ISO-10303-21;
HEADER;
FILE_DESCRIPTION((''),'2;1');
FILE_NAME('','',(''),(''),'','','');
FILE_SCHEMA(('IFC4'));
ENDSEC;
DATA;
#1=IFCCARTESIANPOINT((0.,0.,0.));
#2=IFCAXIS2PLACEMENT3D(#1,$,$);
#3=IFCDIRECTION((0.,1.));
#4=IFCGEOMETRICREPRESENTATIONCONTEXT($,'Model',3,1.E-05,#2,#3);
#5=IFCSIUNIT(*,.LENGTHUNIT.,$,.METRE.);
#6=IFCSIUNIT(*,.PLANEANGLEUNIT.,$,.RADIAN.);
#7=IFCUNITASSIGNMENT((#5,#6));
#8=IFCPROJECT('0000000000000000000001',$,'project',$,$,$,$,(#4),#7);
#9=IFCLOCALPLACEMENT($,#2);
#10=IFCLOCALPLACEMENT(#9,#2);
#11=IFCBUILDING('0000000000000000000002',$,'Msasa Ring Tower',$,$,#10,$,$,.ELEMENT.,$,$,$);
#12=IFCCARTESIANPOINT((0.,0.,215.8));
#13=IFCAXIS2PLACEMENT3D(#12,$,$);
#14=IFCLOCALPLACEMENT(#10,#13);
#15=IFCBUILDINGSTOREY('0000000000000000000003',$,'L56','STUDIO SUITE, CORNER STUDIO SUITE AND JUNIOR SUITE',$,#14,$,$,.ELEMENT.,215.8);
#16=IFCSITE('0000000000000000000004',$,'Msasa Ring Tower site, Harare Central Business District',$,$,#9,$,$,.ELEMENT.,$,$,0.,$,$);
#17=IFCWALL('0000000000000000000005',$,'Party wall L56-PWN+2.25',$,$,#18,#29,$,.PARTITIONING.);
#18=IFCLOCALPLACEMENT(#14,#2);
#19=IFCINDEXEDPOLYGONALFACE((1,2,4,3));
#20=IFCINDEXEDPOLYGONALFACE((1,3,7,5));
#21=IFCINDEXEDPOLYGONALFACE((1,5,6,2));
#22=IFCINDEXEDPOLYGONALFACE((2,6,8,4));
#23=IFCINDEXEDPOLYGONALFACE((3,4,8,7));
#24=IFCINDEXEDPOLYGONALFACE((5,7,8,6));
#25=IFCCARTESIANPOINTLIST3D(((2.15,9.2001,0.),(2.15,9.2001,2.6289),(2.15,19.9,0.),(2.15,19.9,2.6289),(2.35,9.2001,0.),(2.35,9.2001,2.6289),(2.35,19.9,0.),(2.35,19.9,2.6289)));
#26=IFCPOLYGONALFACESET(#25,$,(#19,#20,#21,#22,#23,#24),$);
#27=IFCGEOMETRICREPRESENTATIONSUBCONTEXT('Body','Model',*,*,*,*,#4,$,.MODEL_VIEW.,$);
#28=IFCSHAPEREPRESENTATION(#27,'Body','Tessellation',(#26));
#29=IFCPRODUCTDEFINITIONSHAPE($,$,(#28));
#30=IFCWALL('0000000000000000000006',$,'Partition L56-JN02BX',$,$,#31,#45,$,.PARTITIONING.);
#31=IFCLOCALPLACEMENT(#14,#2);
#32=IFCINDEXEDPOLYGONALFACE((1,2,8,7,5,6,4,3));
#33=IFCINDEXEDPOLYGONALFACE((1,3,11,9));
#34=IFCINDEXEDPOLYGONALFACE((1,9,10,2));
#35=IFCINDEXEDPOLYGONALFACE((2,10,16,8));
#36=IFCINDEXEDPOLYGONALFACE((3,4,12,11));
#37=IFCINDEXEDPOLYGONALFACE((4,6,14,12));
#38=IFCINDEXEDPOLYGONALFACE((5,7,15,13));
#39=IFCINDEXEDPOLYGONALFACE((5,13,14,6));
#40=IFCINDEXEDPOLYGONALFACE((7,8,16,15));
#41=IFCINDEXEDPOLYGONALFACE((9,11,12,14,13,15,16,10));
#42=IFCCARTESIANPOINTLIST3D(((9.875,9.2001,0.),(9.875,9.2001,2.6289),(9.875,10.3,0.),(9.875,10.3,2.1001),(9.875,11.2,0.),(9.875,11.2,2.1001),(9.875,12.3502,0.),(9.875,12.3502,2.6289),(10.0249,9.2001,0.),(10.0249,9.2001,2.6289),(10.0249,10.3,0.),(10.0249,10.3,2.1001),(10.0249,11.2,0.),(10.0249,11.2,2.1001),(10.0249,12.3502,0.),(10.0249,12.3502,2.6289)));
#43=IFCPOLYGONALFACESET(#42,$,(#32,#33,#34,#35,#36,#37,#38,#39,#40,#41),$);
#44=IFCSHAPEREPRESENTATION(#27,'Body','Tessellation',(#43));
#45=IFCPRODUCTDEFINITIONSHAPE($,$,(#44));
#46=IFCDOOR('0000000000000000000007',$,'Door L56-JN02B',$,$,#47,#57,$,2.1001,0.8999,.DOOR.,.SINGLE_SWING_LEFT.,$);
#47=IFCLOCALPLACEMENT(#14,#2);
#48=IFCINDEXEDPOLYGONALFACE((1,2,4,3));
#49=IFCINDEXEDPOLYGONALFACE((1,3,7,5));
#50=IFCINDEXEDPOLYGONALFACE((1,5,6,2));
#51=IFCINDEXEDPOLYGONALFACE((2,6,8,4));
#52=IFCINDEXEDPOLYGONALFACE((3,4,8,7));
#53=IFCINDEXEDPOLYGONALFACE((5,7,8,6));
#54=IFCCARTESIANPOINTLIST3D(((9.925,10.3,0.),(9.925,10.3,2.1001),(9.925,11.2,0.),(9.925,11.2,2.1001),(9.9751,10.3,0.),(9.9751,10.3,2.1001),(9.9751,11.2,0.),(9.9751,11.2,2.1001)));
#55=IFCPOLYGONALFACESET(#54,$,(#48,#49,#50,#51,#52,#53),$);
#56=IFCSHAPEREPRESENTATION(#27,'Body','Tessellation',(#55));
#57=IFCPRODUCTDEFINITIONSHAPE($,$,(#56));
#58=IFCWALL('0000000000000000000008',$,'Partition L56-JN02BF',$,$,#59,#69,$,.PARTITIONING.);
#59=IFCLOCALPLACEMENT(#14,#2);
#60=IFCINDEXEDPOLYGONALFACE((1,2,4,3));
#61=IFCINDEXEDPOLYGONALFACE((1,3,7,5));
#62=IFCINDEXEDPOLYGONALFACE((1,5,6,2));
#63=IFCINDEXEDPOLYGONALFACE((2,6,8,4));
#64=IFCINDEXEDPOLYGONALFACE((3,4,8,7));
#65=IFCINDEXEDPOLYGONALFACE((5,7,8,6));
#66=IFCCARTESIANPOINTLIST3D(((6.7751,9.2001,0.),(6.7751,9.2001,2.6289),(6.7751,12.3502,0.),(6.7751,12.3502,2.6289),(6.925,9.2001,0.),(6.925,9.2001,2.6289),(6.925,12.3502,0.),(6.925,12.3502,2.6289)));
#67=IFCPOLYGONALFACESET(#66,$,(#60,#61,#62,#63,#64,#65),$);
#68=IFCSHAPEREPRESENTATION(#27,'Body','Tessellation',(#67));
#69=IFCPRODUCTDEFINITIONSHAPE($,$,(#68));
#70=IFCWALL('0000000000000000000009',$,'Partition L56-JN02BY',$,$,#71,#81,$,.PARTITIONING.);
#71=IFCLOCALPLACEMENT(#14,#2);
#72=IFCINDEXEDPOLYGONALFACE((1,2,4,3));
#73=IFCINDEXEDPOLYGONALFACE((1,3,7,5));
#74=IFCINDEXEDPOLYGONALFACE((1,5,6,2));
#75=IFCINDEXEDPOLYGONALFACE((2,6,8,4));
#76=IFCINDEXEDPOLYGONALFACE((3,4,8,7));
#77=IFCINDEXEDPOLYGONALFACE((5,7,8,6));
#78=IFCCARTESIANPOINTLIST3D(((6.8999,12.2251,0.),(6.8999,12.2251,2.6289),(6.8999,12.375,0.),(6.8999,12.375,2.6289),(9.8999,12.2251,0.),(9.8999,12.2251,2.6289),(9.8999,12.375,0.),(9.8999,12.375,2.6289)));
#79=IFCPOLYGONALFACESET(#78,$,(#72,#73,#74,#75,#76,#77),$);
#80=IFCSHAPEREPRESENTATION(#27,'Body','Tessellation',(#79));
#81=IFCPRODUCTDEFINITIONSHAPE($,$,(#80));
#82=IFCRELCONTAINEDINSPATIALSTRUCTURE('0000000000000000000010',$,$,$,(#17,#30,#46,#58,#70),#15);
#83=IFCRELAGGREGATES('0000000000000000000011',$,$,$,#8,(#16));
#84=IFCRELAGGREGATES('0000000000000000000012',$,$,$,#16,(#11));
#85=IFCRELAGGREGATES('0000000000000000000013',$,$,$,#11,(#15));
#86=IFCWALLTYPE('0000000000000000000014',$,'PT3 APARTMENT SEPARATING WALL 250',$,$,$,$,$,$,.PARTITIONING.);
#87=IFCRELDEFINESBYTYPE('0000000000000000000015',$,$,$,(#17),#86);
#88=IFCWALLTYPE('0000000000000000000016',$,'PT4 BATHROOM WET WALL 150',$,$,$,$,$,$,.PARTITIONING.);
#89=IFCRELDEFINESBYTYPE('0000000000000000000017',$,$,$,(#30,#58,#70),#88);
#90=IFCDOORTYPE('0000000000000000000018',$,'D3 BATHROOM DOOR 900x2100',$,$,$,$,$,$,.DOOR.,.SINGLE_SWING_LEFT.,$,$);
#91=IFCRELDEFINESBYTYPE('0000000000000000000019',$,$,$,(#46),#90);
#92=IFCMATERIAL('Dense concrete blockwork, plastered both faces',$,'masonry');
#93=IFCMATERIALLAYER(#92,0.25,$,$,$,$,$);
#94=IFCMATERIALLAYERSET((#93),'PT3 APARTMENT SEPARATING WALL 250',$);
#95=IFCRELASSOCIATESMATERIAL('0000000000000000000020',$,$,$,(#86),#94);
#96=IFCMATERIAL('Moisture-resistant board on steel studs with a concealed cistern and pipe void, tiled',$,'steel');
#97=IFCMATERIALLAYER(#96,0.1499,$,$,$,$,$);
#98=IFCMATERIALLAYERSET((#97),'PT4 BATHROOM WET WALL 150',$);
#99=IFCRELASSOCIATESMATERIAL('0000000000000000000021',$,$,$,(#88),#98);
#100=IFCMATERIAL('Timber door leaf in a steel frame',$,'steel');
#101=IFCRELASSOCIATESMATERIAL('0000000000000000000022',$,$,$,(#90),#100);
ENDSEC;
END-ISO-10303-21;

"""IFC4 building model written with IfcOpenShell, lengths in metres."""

from ifc_helpers import new_model, si_unit, direction, frame, frame_2d, origin, place, context, subcontext, project, spatial, rectangle, extrude, material, layer, layer_set, type_object, element, fill, save


model = new_model("IFC4")

# Units and contexts
model_context = context("Model", 3, precision=1e-05, world=origin(), true_north=direction((0.0, 1.0)))
body_context = subcontext(model_context, "Body", "Model", "MODEL_VIEW")
ifc_project = project(units=[si_unit("LENGTHUNIT", "METRE"), si_unit("PLANEANGLEUNIT", "RADIAN")], contexts=[model_context])

# Site, building, storey
site_placement = place(None, origin())
site = spatial("IfcSite", under=ifc_project, at=site_placement, Name="Msasa Ring Tower site, Harare Central Business District", CompositionType="ELEMENT", RefElevation=0.0)
building_placement = place(site_placement, origin())
building = spatial("IfcBuilding", under=site, at=building_placement, Name="Msasa Ring Tower", CompositionType="ELEMENT")
storey_placement = place(building_placement, frame((0.0, 0.0, 215.8)))
storey = spatial("IfcBuildingStorey", under=building, at=storey_placement, Name="L56", Description="STUDIO SUITE, CORNER STUDIO SUITE AND JUNIOR SUITE", CompositionType="ELEMENT", Elevation=215.8)

# Wall
ifc_material_1 = material(Name="Dense concrete blockwork, plastered both faces", Category="masonry")
ifc_layer_1 = layer(ifc_material_1, 0.25)
ifc_layer_set_1 = layer_set([ifc_layer_1], Name="PT3 APARTMENT SEPARATING WALL 250")
wall_type_1 = type_object("IfcWallType", Name="PT3 APARTMENT SEPARATING WALL 250", PredefinedType="PARTITIONING", material=ifc_layer_set_1)
wall_1_placement = place(storey_placement, frame((2.25, 9.2, 0.0), z_axis=(0.0, 0.0, 1.0), x_axis=(0.0, 1.0, 0.0)))
element("IfcWall", 1, at=wall_1_placement, inside=storey, type_object=wall_type_1, Name="Party wall L56-PWN+2.25", PredefinedType="PARTITIONING", context=body_context, shape_type="SweptSolid", body=[
    extrude(rectangle(XDim=10.7, YDim=0.2, at=frame_2d((5.3501, 0.0))), origin(), (0.0, 0.0, 1.0), 2.6289),
])

# Wall, opening, door
ifc_material_2 = material(Name="Moisture-resistant board on steel studs with a concealed cistern and pipe void, tiled", Category="steel")
ifc_layer_2 = layer(ifc_material_2, 0.1499)
ifc_layer_set_2 = layer_set([ifc_layer_2], Name="PT4 BATHROOM WET WALL 150")
wall_type_2 = type_object("IfcWallType", Name="PT4 BATHROOM WET WALL 150", PredefinedType="PARTITIONING", material=ifc_layer_set_2)
wall_2_placement = place(storey_placement, frame((9.95, 9.2, 0.0), z_axis=(0.0, 0.0, 1.0), x_axis=(0.0, 1.0, 0.0)))
wall_2 = element("IfcWall", 2, at=wall_2_placement, inside=storey, type_object=wall_type_2, Name="Partition L56-JN02BX", PredefinedType="PARTITIONING", context=body_context, shape_type="SweptSolid", body=[
    extrude(rectangle(XDim=3.1501, YDim=0.1499, at=frame_2d((1.5752, 0.0))), origin(), (0.0, 0.0, 1.0), 2.6289),
])
opening_1_placement = place(wall_2_placement, frame((1.1001, 0.0, 0.0)))
opening_1 = element("IfcOpeningElement", 3, at=opening_1_placement, cuts=wall_2, PredefinedType="OPENING", context=body_context, shape_type="SweptSolid", body=[
    extrude(rectangle(XDim=0.8999, YDim=2.1001, at=frame_2d((0.45, 1.05))), frame((0.0, 0.085, 0.0), z_axis=(0.0, -1.0, 0.0), x_axis=(1.0, 0.0, 0.0)), (0.0, 0.0, 1.0), 0.1699),
])
ifc_material_3 = material(Name="Timber door leaf in a steel frame", Category="steel")
door_type_1 = type_object("IfcDoorType", Name="D3 BATHROOM DOOR 900x2100", OperationType="SINGLE_SWING_LEFT", PredefinedType="DOOR", material=ifc_material_3)
door_1_placement = place(opening_1_placement, origin())
door_1 = element("IfcDoor", 4, at=door_1_placement, inside=storey, type_object=door_type_1, Name="Door L56-JN02B", OperationType="SINGLE_SWING_LEFT", OverallHeight=2.1001, OverallWidth=0.8999, PredefinedType="DOOR", context=body_context, shape_type="SweptSolid", body=[
    extrude(rectangle(XDim=0.8999, YDim=2.1001, at=frame_2d((0.45, 1.05))), frame((0.0, 0.0249, 0.0), z_axis=(0.0, -1.0, 0.0), x_axis=(1.0, 0.0, 0.0)), (0.0, 0.0, 1.0), 0.05),
])
fill(opening_1, door_1)

# Walls
wall_3_placement = place(storey_placement, frame((6.8501, 9.2, 0.0), z_axis=(0.0, 0.0, 1.0), x_axis=(0.0, 1.0, 0.0)))
element("IfcWall", 5, at=wall_3_placement, inside=storey, type_object=wall_type_2, Name="Partition L56-JN02BF", PredefinedType="PARTITIONING", context=body_context, shape_type="SweptSolid", body=[
    extrude(rectangle(XDim=3.1501, YDim=0.1499, at=frame_2d((1.5752, 0.0))), origin(), (0.0, 0.0, 1.0), 2.6289),
])
wall_4_placement = place(storey_placement, frame((6.8999, 12.3, 0.0), z_axis=(0.0, 0.0, 1.0), x_axis=(1.0, 0.0, 0.0)))
element("IfcWall", 6, at=wall_4_placement, inside=storey, type_object=wall_type_2, Name="Partition L56-JN02BY", PredefinedType="PARTITIONING", context=body_context, shape_type="SweptSolid", body=[
    extrude(rectangle(XDim=3.0, YDim=0.1499, at=frame_2d((1.5, 0.0))), origin(), (0.0, 0.0, 1.0), 2.6289),
])

save(model, "model.ifc")
